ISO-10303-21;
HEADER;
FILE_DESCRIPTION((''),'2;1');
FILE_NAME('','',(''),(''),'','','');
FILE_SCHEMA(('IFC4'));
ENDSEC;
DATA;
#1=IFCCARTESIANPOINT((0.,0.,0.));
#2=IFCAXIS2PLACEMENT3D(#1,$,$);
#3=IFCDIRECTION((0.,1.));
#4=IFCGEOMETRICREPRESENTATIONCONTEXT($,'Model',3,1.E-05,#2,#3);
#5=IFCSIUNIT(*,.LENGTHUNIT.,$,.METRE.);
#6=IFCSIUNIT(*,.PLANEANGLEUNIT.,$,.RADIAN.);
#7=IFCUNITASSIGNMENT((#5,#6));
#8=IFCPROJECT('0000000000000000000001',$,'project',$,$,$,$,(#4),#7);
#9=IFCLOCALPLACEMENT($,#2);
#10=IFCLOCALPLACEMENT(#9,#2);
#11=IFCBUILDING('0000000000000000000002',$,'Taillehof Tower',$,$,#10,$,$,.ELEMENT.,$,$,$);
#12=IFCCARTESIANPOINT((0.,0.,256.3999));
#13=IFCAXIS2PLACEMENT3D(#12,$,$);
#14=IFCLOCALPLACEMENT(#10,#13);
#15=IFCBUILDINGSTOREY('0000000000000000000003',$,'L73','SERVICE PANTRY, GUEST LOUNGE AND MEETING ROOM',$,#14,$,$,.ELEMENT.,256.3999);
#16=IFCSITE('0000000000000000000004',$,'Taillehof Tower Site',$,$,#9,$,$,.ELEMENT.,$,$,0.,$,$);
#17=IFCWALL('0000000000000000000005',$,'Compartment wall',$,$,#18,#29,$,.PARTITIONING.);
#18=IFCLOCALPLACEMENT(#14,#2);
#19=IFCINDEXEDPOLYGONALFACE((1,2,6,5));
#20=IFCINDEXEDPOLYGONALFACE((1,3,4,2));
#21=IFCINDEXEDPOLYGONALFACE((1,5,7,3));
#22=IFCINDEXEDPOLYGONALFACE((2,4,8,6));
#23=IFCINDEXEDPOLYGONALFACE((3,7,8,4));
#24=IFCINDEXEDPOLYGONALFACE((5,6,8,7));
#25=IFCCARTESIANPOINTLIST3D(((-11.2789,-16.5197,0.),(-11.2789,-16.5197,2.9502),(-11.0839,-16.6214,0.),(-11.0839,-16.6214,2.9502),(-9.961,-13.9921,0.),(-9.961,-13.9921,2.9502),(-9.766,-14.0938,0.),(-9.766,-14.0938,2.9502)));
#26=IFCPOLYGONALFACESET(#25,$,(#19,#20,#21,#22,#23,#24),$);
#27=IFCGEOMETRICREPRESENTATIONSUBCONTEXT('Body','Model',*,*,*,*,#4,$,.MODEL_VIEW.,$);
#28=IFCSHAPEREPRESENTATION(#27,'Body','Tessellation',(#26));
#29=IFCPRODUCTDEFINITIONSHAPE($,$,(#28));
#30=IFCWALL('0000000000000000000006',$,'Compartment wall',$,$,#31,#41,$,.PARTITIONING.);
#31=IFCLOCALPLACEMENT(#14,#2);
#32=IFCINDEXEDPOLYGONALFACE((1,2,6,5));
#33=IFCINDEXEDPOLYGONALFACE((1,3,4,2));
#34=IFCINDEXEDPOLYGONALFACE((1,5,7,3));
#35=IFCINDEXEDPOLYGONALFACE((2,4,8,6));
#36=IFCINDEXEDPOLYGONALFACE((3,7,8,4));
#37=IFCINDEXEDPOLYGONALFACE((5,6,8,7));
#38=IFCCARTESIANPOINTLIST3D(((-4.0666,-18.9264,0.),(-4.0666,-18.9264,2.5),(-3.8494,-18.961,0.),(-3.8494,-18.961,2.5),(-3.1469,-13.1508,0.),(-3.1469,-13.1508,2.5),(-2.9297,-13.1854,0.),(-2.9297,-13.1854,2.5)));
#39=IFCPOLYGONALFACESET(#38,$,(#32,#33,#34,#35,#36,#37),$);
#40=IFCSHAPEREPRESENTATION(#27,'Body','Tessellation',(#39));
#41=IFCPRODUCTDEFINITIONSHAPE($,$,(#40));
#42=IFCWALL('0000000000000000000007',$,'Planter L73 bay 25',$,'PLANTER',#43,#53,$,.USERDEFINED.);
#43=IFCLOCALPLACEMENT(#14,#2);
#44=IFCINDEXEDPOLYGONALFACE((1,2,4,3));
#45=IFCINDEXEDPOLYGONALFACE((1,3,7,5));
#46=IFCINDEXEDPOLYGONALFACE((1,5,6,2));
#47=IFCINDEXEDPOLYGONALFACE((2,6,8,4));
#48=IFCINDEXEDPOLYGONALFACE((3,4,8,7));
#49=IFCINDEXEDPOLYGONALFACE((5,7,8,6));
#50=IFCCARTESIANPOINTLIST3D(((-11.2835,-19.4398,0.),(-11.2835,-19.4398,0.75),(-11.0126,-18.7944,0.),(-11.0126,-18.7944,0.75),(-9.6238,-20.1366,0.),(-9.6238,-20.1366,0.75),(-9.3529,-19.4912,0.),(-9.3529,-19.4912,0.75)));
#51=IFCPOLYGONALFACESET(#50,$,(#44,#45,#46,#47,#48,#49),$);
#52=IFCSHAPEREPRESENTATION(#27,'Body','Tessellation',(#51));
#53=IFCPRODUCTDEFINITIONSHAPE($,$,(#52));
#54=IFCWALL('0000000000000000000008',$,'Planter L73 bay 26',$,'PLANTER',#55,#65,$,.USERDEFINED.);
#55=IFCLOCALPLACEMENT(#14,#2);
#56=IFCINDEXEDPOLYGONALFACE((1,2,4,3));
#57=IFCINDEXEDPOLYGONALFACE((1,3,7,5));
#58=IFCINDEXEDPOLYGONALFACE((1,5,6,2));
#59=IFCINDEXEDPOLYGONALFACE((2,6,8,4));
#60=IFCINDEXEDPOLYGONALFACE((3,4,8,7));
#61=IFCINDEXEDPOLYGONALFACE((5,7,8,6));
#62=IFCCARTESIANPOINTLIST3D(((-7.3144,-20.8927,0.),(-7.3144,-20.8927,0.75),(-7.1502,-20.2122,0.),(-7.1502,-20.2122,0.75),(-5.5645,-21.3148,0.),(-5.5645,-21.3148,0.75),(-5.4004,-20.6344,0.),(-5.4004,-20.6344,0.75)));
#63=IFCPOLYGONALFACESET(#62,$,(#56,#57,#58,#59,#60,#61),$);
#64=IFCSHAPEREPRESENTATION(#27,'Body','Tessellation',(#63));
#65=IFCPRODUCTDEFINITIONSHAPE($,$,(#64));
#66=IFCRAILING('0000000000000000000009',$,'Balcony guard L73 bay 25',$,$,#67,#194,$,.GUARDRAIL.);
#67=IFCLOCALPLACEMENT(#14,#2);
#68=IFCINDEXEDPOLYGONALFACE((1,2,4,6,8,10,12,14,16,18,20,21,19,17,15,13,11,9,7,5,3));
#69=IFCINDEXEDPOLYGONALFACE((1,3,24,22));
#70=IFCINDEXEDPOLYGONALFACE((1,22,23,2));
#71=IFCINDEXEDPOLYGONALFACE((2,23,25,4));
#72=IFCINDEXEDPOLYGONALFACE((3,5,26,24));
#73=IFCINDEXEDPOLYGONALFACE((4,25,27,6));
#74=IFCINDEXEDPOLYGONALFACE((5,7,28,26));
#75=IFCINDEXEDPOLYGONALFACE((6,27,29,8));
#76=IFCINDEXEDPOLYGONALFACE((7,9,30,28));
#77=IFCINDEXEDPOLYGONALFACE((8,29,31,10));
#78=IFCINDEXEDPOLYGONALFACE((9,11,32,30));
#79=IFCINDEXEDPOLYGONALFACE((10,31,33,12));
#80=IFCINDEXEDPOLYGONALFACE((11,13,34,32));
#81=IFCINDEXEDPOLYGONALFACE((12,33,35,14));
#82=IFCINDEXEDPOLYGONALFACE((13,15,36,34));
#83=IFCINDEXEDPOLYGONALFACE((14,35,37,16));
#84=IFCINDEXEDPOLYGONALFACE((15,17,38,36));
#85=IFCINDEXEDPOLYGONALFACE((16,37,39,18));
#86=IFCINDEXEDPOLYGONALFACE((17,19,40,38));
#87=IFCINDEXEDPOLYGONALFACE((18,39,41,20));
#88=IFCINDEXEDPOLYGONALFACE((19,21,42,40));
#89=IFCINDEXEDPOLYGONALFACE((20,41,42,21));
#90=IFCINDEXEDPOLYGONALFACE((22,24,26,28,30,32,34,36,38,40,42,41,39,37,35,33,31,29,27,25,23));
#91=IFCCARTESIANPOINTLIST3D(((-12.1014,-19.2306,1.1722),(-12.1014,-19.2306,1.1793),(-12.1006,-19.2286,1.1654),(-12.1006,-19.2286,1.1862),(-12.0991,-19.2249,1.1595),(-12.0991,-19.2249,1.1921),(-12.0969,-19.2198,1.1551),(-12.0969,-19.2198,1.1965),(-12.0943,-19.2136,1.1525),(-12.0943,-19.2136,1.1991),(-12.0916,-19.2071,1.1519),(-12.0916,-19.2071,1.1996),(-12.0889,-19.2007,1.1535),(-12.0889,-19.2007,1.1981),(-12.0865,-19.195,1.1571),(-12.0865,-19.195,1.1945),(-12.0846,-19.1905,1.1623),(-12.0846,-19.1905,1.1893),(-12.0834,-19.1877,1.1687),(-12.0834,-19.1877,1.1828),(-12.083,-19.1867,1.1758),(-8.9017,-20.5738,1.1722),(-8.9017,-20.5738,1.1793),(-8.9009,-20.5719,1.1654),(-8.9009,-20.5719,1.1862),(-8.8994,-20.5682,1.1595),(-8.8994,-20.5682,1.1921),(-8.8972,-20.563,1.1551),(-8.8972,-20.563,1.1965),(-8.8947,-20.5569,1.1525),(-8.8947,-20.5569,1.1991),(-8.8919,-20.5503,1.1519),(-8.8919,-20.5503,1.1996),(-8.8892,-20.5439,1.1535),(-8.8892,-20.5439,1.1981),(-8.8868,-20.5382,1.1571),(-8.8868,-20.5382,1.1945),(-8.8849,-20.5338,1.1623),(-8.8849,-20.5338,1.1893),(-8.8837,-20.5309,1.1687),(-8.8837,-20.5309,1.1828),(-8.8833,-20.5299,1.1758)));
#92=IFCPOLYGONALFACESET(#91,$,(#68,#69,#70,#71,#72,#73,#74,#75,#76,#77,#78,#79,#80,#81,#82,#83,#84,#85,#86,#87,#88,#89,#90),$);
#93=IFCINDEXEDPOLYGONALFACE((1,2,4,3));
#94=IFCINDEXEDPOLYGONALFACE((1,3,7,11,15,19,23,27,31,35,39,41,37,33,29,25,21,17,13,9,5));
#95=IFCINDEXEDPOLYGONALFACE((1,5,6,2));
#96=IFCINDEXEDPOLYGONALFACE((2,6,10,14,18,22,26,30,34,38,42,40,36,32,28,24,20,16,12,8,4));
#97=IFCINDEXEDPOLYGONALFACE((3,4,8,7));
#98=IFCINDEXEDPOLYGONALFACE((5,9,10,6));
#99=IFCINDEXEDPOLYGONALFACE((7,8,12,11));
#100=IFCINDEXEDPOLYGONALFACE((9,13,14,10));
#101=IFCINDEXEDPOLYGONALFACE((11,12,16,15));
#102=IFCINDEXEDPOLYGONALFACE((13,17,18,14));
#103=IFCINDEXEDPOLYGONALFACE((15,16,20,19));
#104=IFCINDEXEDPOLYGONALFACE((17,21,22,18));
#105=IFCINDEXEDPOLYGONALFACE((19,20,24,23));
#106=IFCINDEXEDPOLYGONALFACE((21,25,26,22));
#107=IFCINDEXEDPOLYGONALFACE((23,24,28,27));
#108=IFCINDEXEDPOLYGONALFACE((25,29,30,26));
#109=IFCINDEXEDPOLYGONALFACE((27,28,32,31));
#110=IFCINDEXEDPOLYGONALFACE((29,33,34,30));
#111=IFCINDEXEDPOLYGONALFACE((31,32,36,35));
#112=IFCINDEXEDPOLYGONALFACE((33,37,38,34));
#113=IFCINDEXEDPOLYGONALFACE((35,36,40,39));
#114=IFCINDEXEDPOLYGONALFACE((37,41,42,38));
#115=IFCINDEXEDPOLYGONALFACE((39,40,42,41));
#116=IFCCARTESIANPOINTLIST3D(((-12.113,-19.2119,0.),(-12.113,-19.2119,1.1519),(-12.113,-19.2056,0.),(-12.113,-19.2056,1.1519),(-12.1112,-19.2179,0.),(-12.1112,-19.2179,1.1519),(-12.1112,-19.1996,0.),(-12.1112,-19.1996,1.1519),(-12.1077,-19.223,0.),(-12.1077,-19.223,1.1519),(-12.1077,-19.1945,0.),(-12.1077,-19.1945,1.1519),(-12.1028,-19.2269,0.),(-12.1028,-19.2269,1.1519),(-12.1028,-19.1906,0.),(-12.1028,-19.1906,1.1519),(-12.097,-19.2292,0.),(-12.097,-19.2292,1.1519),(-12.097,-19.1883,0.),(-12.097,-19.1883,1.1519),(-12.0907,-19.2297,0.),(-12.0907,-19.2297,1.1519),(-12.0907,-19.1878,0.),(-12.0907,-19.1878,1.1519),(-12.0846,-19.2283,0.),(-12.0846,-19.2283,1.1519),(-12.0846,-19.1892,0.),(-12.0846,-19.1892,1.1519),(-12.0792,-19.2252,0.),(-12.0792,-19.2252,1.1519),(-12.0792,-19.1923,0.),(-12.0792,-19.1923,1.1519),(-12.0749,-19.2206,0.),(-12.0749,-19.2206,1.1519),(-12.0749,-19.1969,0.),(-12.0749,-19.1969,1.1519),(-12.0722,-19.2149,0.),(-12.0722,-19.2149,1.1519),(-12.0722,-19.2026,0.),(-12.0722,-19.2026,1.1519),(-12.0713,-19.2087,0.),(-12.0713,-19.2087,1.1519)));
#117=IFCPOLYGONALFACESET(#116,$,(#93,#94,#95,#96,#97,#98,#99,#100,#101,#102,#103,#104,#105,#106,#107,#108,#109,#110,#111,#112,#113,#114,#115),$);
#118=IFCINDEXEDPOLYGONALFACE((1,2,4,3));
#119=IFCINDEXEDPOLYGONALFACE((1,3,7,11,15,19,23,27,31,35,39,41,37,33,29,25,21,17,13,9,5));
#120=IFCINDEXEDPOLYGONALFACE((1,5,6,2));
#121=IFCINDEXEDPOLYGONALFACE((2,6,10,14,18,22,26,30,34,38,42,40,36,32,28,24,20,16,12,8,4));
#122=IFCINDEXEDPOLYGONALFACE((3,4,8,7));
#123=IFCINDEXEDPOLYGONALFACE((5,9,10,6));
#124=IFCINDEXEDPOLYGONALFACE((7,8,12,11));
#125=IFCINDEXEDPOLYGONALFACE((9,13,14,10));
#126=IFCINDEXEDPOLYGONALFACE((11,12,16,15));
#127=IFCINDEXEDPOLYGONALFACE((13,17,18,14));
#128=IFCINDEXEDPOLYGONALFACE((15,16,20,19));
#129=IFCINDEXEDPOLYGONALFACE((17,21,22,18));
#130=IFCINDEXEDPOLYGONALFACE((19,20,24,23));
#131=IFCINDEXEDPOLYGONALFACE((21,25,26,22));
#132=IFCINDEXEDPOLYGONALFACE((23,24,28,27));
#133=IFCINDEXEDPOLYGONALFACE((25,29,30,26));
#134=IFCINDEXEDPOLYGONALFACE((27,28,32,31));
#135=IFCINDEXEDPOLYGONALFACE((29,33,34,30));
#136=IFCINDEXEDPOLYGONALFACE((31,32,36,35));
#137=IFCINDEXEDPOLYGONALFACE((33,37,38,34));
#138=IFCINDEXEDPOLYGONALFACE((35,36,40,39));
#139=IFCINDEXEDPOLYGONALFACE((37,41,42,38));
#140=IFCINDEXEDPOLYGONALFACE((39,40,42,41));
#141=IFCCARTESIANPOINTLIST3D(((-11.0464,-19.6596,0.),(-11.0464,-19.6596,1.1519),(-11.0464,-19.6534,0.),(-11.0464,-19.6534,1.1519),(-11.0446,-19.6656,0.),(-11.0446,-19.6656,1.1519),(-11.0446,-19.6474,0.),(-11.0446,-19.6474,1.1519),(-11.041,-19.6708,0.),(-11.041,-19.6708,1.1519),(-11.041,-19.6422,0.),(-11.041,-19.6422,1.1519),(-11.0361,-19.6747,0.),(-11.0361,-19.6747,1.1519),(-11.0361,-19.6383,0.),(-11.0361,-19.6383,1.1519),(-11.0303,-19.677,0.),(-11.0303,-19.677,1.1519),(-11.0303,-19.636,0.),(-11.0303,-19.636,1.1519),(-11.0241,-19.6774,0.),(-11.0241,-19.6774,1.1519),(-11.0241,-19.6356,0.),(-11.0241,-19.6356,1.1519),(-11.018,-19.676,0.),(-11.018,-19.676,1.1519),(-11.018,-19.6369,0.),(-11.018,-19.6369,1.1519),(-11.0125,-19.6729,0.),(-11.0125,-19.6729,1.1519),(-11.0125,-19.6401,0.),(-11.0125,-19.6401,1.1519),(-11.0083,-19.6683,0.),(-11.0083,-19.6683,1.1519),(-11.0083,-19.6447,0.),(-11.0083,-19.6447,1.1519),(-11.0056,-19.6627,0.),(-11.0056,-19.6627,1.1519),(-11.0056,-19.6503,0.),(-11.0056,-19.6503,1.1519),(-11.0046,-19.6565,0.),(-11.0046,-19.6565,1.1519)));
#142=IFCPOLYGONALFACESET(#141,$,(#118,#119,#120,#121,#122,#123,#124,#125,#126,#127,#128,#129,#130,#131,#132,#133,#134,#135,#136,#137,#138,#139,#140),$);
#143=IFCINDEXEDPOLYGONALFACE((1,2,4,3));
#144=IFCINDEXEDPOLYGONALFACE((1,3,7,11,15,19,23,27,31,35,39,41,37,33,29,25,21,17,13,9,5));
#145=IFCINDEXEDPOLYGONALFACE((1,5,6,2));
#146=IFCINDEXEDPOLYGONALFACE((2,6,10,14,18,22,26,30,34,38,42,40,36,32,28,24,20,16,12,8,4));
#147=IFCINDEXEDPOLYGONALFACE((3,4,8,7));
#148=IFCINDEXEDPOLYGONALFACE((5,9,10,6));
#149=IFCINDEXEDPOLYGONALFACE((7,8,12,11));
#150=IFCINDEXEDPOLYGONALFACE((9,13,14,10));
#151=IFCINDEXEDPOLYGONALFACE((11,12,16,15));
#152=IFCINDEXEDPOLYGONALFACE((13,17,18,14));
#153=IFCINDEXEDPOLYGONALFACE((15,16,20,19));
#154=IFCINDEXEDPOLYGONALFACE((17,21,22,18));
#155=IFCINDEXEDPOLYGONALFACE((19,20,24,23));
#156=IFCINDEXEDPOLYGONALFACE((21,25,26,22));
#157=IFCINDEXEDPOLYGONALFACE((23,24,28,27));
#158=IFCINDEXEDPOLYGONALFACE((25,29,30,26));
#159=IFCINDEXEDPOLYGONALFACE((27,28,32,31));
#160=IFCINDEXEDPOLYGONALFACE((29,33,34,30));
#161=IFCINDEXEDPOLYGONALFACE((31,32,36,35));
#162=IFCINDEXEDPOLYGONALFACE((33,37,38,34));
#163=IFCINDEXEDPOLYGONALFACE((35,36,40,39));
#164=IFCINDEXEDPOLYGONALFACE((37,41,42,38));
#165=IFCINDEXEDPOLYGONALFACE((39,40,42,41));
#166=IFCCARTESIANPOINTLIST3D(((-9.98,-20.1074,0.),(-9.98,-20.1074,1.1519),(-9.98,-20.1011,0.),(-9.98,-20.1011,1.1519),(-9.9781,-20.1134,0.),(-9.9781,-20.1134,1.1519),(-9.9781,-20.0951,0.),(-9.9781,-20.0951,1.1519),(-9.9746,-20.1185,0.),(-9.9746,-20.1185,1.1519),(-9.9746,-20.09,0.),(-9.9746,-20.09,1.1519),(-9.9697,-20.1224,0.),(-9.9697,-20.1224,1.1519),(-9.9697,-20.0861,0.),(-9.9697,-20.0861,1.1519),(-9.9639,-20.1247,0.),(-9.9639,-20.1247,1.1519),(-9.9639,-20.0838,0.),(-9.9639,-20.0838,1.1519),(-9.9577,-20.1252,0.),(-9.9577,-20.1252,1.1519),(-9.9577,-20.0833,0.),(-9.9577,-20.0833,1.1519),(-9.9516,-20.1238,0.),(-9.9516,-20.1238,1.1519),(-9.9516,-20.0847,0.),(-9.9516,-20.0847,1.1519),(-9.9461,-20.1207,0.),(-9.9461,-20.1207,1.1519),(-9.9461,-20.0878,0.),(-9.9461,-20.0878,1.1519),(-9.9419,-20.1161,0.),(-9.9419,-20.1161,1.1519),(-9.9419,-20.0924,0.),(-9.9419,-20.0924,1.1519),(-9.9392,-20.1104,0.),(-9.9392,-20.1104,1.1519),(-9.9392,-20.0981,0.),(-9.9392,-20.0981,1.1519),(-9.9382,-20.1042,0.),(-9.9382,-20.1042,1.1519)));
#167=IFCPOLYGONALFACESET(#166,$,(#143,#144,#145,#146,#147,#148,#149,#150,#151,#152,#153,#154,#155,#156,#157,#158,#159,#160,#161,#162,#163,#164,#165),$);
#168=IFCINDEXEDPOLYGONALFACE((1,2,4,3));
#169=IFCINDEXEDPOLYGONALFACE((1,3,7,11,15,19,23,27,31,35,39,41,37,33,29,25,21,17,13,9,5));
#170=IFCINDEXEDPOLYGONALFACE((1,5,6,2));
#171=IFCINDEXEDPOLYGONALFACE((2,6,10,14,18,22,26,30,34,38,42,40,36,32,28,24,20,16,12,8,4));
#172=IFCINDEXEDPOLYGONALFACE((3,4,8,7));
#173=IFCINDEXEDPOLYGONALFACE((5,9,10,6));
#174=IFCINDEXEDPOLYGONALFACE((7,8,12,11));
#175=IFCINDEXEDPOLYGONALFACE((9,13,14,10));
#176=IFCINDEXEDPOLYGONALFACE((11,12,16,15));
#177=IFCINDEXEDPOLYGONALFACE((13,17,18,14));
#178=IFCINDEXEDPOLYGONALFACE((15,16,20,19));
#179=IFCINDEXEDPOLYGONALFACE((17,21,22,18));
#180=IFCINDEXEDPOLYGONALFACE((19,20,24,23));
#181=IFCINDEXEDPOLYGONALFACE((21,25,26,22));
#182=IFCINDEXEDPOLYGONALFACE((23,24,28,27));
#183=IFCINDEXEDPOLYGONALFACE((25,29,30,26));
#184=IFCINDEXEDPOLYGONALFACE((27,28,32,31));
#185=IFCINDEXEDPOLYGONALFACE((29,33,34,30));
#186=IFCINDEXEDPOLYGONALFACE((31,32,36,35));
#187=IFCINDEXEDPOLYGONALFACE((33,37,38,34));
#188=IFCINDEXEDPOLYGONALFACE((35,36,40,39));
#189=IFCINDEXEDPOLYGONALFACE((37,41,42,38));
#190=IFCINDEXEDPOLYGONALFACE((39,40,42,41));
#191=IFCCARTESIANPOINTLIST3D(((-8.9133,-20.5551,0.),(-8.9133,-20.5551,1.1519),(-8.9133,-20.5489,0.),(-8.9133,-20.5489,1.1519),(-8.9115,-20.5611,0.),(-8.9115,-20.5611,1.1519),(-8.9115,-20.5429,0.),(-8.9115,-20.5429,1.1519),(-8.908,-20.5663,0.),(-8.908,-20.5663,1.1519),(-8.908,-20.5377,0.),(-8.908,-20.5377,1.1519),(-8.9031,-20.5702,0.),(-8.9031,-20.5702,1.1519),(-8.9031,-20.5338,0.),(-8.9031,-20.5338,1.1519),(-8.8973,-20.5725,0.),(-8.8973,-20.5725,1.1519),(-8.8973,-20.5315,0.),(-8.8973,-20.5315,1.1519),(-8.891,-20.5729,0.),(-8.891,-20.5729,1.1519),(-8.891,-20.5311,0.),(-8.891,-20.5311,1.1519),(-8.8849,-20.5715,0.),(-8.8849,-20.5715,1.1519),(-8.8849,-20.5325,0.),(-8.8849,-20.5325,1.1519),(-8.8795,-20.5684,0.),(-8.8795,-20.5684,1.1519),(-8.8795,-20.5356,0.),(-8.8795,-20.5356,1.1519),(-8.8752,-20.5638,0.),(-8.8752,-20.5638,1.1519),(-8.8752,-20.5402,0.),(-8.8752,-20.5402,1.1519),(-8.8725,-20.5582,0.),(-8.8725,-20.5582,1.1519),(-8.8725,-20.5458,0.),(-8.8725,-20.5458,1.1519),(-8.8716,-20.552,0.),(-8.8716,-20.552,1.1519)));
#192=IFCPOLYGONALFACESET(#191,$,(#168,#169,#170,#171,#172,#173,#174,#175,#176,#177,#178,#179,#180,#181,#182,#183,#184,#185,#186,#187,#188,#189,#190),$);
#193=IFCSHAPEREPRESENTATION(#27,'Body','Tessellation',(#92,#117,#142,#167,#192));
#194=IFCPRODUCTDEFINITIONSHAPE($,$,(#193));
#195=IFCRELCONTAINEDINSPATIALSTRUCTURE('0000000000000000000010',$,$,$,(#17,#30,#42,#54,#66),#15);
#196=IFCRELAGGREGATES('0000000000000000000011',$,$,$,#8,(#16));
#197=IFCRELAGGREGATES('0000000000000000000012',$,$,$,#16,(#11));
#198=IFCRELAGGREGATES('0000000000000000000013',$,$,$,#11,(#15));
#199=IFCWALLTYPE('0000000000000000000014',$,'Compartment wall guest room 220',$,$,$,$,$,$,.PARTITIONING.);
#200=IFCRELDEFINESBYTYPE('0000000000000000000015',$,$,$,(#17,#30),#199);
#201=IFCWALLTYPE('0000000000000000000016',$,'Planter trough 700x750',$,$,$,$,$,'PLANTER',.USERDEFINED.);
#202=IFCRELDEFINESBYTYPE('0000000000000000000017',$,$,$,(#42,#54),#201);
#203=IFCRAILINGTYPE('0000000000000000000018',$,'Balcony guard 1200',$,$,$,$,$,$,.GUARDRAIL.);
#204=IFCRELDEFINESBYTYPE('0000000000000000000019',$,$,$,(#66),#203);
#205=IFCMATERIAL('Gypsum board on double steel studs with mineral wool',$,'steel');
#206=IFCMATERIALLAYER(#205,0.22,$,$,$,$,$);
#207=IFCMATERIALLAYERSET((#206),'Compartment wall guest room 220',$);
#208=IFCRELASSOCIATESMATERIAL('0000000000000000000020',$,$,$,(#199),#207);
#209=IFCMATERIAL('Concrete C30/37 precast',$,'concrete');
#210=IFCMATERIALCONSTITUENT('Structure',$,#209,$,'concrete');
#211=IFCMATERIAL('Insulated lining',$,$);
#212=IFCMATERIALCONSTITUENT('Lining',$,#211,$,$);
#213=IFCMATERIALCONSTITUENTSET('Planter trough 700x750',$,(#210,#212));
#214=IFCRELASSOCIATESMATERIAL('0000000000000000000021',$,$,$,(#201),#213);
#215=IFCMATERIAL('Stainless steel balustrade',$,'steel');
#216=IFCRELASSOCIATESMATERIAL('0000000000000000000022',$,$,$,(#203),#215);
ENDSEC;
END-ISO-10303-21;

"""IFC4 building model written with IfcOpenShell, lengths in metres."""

from ifc_helpers import new_model, si_unit, direction, frame, frame_2d, origin, origin_2d, place, context, subcontext, project, spatial, rectangle, circle, extrude, material, layer, layer_set, constituent, constituent_set, type_object, element, save


model = new_model("IFC4")

# Units and contexts
model_context = context("Model", 3, precision=1e-05, world=origin(), true_north=direction((0.0, 1.0)))
body_context = subcontext(model_context, "Body", "Model", "MODEL_VIEW")
ifc_project = project(units=[si_unit("LENGTHUNIT", "METRE"), si_unit("PLANEANGLEUNIT", "RADIAN")], contexts=[model_context])

# Site, building, storey
site_placement = place(None, origin())
site = spatial("IfcSite", under=ifc_project, at=site_placement, Name="Taillehof Tower Site", CompositionType="ELEMENT", RefElevation=0.0)
building_placement = place(site_placement, origin())
building = spatial("IfcBuilding", under=site, at=building_placement, Name="Taillehof Tower", CompositionType="ELEMENT")
storey_placement = place(building_placement, frame((0.0, 0.0, 256.3999)))
storey = spatial("IfcBuildingStorey", under=building, at=storey_placement, Name="L73", Description="SERVICE PANTRY, GUEST LOUNGE AND MEETING ROOM", CompositionType="ELEMENT", Elevation=256.3999)

# Walls
ifc_material_1 = material(Name="Gypsum board on double steel studs with mineral wool", Category="steel")
ifc_layer_1 = layer(ifc_material_1, 0.22)
ifc_layer_set_1 = layer_set([ifc_layer_1], Name="Compartment wall guest room 220")
wall_type_1 = type_object("IfcWallType", Name="Compartment wall guest room 220", PredefinedType="PARTITIONING", material=ifc_layer_set_1)
wall_1_placement = place(storey_placement, frame((-11.1814, -16.5706, 0.0), z_axis=(0.0, 0.0, 1.0), x_axis=(0.462326, 0.88671, 0.0)))
element("IfcWall", 1, at=wall_1_placement, inside=storey, type_object=wall_type_1, Name="Compartment wall", PredefinedType="PARTITIONING", context=body_context, shape_type="SweptSolid", body=[
    extrude(rectangle(XDim=2.8506, YDim=0.22, at=frame_2d((1.4253, 0.0))), origin(), (0.0, 0.0, 1.0), 2.9502),
])
wall_2_placement = place(storey_placement, frame((-3.958, -18.9438, 0.0), z_axis=(0.0, 0.0, 1.0), x_axis=(0.157253, 0.987558, 0.0)))
element("IfcWall", 2, at=wall_2_placement, inside=storey, type_object=wall_type_1, Name="Compartment wall", PredefinedType="PARTITIONING", context=body_context, shape_type="SweptSolid", body=[
    extrude(rectangle(XDim=5.8484, YDim=0.22, at=frame_2d((2.9243, 0.0))), origin(), (0.0, 0.0, 1.0), 2.5),
])
ifc_material_2 = material(Name="Concrete C30/37 precast", Category="concrete")
ifc_constituent_1 = constituent(ifc_material_2, Name="Structure", Category="concrete")
ifc_material_3 = material(Name="Insulated lining")
ifc_constituent_2 = constituent(ifc_material_3, Name="Lining")
ifc_constituent_set = constituent_set(constituents=[ifc_constituent_1, ifc_constituent_2], Name="Planter trough 700x750")
wall_type_2 = type_object("IfcWallType", Name="Planter trough 700x750", ElementType="PLANTER", PredefinedType="USERDEFINED", material=ifc_constituent_set)
for number, where, z_axis, x_axis, name in (
    (3, (-11.1479, -19.1172, 0.0), (0.0, 0.0, 1.0), (0.922038, -0.387099, 0.0), "Planter L73 bay 25"),
    (4, (-7.2322, -20.5525, 0.0), (0.0, 0.0, 1.0), (0.972112, -0.234517, 0.0), "Planter L73 bay 26"),
):
    element("IfcWall", number, at=place(storey_placement, frame(where, z_axis=z_axis, x_axis=x_axis)), inside=storey, type_object=wall_type_2, Name=name, ObjectType="PLANTER", PredefinedType="USERDEFINED", context=body_context, shape_type="SweptSolid", body=[
        extrude(rectangle(XDim=1.8, YDim=0.7, at=frame_2d((0.8999, 0.0))), origin(), (0.0, 0.0, 1.0), 0.75),
    ])

# Railing
ifc_material_4 = material(Name="Stainless steel balustrade", Category="steel")
railing_type = type_object("IfcRailingType", Name="Balcony guard 1200", PredefinedType="GUARDRAIL", material=ifc_material_4)
railing_1_placement = place(storey_placement, frame((-12.0923, -19.2087, 0.0)))
element("IfcRailing", 5, at=railing_1_placement, inside=storey, type_object=railing_type, Name="Balcony guard L73 bay 25", PredefinedType="GUARDRAIL", context=body_context, shape_type="SweptSolid", body=[
    extrude(circle(Radius=0.0239, at=origin_2d()), frame((0.0, 0.0, 1.1758), z_axis=(0.922045, -0.387082, 0.0), x_axis=(0.387082, 0.922045, 0.0)), (0.0, 0.0, 1.0), 3.4702),
    extrude(circle(Radius=0.021, at=origin_2d()), origin(), (0.0, 0.0, 1.0), 1.1519),
    extrude(circle(Radius=0.021, at=origin_2d()), frame((1.0667, -0.4478, 0.0)), (0.0, 0.0, 1.0), 1.1519),
    extrude(circle(Radius=0.021, at=origin_2d()), frame((2.1331, -0.8955, 0.0)), (0.0, 0.0, 1.0), 1.1519),
    extrude(circle(Radius=0.021, at=origin_2d()), frame((3.1997, -1.3433, 0.0)), (0.0, 0.0, 1.0), 1.1519),
])

save(model, "model.ifc")
